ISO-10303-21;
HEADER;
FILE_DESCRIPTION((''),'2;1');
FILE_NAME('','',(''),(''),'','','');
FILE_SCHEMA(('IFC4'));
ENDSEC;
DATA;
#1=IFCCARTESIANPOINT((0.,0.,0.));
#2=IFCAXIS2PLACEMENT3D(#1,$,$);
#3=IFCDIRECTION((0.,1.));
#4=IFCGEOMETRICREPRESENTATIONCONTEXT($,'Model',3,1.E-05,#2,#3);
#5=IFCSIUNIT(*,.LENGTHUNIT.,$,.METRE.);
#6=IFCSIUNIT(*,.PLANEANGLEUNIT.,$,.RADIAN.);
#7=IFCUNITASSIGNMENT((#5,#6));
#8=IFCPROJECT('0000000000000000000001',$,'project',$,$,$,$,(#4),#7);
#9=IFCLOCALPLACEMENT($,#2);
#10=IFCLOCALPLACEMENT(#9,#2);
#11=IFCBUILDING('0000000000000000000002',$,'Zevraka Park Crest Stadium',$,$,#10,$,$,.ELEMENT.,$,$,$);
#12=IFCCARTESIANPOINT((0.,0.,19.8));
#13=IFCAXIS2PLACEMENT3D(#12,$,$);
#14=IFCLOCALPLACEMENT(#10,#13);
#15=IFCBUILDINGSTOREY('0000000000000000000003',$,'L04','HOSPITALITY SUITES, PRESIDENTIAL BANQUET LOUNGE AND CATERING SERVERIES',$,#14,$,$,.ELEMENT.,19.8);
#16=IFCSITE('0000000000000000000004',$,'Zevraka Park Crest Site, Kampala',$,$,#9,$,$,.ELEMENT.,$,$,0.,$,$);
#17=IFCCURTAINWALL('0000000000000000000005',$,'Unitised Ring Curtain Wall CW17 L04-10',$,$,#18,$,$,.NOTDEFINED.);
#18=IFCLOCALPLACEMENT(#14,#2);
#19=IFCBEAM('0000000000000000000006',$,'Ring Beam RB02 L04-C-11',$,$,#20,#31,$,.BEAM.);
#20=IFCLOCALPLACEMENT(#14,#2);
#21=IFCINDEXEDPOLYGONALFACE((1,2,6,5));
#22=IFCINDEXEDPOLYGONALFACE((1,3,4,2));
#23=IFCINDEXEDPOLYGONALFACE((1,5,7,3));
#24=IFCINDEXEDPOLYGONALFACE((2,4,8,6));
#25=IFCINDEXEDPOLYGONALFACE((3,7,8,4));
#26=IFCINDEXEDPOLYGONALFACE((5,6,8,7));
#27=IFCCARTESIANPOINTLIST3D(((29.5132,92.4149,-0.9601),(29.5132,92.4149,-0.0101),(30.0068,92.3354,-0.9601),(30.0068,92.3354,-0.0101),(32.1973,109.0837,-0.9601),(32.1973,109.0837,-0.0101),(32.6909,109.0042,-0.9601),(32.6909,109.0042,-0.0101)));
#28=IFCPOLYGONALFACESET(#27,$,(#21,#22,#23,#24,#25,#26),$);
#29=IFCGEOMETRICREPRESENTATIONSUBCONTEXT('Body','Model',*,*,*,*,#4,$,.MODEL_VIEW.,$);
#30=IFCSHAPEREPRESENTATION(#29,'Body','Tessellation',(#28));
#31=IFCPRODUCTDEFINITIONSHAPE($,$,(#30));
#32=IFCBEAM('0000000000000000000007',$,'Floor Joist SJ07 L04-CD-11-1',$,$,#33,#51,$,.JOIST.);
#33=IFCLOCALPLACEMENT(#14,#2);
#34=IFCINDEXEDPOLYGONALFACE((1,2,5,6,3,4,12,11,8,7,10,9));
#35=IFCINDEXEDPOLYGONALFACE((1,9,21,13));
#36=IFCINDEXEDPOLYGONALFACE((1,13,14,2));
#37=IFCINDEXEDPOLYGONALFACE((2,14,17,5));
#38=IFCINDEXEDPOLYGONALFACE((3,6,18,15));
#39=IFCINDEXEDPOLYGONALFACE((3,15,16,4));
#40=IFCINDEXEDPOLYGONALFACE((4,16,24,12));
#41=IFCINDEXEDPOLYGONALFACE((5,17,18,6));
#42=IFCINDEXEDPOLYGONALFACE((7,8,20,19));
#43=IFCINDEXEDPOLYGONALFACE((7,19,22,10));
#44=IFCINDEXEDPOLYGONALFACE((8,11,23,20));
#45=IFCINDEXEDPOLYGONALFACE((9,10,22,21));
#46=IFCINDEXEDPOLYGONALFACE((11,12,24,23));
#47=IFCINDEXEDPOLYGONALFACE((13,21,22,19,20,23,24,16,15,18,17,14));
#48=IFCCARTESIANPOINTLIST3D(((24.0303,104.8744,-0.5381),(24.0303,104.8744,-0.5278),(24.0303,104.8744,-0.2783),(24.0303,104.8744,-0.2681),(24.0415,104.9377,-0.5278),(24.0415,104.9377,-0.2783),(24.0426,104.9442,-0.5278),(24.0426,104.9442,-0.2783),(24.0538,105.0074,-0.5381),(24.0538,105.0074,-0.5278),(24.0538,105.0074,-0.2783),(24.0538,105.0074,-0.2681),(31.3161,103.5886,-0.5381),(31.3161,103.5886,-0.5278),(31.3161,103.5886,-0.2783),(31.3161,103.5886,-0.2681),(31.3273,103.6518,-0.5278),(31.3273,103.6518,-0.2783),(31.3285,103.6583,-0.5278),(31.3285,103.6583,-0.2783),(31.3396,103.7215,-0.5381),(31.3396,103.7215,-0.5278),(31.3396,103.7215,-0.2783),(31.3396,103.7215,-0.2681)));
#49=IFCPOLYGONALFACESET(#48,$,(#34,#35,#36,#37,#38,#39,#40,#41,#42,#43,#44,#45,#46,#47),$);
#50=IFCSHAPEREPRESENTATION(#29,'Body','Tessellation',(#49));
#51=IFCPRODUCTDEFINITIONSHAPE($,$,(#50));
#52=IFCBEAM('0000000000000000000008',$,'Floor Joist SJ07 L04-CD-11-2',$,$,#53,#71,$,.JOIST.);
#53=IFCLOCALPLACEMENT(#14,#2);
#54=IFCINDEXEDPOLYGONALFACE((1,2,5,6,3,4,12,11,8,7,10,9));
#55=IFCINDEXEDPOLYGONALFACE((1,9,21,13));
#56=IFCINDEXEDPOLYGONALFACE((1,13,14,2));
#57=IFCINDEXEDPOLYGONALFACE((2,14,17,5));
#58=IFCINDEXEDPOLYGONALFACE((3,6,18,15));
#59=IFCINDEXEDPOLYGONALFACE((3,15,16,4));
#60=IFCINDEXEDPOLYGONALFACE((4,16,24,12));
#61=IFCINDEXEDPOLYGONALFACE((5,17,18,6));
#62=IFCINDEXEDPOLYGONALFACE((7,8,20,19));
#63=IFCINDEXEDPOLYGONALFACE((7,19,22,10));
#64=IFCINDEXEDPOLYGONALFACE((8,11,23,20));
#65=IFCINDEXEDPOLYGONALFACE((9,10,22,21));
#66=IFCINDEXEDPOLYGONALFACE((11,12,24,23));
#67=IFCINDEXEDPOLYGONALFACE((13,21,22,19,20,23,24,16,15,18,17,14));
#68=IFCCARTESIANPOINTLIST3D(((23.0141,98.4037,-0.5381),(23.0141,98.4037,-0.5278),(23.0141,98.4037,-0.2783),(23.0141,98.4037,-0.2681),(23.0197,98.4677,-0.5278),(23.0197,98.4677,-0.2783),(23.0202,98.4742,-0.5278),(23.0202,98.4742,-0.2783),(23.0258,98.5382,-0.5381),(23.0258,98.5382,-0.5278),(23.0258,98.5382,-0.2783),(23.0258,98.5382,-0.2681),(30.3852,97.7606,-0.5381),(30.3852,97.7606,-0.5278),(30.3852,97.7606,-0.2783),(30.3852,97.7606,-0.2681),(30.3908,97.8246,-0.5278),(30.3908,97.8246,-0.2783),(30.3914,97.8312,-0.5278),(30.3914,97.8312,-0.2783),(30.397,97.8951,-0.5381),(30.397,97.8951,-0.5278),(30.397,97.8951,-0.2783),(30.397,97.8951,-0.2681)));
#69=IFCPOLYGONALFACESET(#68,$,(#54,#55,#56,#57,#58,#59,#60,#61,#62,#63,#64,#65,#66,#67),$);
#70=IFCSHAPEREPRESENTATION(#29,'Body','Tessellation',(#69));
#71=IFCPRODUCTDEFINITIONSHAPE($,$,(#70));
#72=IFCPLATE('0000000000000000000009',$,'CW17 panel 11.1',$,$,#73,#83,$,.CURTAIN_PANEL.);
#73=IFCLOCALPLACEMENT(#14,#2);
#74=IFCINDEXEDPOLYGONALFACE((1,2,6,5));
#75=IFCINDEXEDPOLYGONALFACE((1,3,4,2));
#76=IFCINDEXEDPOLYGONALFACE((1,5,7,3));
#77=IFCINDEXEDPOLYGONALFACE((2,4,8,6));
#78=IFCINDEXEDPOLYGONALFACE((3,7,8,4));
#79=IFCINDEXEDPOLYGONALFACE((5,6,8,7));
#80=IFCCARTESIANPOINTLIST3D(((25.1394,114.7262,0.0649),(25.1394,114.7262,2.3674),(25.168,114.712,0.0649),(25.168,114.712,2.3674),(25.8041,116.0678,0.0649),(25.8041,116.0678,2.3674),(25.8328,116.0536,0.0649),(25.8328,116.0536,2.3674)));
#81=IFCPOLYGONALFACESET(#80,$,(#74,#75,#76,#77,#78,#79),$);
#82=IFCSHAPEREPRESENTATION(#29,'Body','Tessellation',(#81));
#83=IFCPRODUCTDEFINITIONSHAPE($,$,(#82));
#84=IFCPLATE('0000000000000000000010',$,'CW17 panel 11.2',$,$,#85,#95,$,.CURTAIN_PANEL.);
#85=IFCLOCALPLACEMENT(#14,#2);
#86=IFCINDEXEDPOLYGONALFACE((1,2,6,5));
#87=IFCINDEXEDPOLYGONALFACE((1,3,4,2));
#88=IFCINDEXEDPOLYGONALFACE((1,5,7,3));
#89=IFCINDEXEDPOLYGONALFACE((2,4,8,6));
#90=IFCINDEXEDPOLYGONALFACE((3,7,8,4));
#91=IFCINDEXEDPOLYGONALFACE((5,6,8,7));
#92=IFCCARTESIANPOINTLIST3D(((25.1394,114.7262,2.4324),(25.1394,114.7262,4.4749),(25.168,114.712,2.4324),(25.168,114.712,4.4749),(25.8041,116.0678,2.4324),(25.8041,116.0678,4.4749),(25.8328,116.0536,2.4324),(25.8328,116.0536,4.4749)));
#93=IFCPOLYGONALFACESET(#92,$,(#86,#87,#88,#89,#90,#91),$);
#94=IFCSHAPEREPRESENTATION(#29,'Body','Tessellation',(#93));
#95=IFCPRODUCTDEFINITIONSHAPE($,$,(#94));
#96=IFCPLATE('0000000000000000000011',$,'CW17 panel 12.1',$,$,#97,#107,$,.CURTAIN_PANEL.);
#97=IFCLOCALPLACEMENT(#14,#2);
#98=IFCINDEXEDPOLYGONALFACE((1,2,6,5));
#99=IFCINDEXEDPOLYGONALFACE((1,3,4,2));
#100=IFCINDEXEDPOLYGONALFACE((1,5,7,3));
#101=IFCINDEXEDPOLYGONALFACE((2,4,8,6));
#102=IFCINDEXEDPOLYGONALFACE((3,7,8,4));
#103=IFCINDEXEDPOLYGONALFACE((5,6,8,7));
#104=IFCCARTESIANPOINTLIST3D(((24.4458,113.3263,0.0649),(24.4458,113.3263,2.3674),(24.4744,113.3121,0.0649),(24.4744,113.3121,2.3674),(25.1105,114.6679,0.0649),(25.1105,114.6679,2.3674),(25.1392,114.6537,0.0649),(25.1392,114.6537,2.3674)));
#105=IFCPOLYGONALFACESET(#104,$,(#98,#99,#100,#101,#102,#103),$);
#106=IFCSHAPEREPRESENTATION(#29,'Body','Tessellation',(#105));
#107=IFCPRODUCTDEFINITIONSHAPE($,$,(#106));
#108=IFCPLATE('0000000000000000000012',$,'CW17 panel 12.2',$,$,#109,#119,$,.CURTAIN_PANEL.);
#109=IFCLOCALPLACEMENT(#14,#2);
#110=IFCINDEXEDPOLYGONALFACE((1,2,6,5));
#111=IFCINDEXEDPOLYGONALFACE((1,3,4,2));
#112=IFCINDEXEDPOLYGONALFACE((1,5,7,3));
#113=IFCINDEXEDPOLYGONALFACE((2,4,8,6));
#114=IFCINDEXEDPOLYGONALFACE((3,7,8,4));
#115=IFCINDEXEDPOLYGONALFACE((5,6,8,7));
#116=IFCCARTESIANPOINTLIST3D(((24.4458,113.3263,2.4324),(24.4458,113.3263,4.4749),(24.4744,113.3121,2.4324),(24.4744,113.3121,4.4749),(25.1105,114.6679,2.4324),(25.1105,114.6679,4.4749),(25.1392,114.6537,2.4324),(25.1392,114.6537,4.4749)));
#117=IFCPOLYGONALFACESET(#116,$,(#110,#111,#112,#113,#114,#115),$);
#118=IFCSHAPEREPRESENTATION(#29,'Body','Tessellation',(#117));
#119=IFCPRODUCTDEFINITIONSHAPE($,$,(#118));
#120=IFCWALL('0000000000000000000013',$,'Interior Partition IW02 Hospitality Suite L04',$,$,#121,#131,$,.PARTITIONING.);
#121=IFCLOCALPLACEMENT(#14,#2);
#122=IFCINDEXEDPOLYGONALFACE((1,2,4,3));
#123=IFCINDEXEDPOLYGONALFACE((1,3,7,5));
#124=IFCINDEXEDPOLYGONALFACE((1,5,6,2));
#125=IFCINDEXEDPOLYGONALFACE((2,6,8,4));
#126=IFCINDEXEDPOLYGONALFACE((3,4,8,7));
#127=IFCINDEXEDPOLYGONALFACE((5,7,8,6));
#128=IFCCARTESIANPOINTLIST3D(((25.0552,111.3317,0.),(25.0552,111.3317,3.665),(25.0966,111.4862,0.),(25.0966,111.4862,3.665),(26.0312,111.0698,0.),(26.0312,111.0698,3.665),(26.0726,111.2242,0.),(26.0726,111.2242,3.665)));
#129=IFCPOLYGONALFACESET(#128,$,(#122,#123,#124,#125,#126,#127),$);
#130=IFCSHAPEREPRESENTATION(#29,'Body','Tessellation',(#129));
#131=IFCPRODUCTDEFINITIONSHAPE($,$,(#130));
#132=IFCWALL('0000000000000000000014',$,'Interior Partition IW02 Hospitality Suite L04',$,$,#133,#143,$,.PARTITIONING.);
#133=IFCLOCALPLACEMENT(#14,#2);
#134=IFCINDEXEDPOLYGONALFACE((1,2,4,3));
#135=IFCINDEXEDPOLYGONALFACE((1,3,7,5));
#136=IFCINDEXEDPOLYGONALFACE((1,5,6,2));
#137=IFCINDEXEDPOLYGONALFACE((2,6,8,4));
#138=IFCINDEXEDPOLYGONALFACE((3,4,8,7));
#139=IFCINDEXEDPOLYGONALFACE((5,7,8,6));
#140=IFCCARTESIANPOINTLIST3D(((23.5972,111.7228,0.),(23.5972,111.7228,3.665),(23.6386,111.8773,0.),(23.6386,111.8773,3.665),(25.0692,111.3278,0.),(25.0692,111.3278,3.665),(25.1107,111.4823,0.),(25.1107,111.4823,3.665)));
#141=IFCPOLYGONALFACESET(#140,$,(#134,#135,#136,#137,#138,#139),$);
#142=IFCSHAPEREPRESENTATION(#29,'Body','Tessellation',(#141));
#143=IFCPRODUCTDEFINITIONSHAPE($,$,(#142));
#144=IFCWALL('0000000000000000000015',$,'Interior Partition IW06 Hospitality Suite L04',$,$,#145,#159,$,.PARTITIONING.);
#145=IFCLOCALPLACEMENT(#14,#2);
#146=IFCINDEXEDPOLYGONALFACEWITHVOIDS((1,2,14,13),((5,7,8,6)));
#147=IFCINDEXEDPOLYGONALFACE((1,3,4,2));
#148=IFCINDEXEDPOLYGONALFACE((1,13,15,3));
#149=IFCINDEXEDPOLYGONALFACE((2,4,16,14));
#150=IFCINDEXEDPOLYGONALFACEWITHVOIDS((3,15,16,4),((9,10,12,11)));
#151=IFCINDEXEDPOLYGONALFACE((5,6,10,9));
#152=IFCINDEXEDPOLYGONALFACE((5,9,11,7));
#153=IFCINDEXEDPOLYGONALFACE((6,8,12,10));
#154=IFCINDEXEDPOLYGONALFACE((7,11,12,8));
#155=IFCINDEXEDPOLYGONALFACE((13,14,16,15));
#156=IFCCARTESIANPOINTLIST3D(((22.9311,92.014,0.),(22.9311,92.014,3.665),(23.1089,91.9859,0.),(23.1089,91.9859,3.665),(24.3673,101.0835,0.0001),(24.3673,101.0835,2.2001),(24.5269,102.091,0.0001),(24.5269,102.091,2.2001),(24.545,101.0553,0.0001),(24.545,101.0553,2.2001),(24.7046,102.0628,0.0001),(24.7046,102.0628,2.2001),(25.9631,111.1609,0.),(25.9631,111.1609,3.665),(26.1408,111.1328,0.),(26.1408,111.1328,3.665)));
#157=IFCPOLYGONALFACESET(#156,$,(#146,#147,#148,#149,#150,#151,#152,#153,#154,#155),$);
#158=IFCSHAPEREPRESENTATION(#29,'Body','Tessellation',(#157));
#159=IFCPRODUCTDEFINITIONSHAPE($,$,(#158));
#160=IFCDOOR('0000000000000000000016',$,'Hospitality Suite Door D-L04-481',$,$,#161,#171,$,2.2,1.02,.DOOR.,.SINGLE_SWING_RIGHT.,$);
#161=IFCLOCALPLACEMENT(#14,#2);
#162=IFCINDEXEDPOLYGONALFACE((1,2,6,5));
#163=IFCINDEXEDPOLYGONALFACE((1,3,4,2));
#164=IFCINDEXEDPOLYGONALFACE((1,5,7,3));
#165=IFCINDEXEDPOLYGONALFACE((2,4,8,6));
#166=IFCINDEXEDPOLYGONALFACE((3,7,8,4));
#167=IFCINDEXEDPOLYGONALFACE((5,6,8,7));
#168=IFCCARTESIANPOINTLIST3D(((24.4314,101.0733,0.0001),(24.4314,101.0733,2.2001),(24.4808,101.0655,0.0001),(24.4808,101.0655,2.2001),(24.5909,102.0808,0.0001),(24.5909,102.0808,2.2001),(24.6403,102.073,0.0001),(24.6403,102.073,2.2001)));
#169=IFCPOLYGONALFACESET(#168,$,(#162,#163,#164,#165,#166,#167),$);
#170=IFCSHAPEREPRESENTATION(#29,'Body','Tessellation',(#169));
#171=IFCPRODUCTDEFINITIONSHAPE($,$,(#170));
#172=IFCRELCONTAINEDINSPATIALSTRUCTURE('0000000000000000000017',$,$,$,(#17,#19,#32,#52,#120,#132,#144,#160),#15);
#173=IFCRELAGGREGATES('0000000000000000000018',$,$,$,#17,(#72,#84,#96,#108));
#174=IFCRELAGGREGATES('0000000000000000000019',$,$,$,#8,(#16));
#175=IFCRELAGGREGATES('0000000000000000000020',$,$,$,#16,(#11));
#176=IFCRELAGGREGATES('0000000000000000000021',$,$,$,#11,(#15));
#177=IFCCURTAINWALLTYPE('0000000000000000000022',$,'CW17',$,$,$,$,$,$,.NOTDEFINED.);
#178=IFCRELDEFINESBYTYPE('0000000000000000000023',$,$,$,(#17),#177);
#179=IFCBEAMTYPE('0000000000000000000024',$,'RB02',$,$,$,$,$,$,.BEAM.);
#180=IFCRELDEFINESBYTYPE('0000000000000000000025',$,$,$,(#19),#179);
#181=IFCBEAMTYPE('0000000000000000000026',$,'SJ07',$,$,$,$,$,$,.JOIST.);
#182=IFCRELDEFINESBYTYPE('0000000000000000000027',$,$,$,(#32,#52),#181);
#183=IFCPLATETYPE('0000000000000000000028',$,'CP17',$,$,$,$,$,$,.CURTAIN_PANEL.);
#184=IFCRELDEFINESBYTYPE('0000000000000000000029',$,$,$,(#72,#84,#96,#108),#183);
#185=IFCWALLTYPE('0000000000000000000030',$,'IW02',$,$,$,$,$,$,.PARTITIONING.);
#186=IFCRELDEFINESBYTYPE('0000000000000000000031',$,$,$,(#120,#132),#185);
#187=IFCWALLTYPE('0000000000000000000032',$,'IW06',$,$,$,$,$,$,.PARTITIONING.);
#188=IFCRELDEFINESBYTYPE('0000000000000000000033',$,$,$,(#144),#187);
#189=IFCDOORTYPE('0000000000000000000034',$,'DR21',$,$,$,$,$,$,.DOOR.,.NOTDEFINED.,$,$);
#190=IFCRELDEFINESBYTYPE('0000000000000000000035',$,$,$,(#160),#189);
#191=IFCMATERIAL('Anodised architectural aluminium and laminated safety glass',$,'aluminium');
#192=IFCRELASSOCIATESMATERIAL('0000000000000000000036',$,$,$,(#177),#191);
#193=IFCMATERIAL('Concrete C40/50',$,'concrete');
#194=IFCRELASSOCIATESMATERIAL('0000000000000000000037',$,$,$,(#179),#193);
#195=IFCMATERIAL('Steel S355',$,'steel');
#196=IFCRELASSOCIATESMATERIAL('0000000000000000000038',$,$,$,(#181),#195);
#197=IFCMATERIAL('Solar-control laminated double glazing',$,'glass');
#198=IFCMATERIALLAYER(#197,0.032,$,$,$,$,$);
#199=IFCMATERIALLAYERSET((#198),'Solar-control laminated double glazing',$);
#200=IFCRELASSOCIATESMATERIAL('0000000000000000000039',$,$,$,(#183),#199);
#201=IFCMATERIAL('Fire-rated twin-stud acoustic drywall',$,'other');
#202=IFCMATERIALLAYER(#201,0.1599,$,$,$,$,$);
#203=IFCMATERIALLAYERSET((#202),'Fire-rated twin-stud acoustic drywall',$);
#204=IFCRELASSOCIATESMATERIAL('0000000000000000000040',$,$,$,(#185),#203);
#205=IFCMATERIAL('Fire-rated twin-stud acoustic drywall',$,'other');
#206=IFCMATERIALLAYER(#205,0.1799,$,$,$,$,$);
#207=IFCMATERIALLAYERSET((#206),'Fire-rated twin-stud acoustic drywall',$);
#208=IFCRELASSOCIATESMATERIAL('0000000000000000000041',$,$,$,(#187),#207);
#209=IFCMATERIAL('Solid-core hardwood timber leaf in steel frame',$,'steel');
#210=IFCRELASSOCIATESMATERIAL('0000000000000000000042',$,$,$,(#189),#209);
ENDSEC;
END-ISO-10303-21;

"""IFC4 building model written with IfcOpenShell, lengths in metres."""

from ifc_helpers import new_model, si_unit, direction, frame, frame_2d, origin, origin_2d, place, context, subcontext, project, spatial, rectangle, i_section, extrude, material, layer, layer_set, material_profile, profile_set, type_object, element, fill, aggregate, save


model = new_model("IFC4")

# Units and contexts
model_context = context("Model", 3, precision=1e-05, world=origin(), true_north=direction((0.0, 1.0)))
body_context = subcontext(model_context, "Body", "Model", "MODEL_VIEW")
ifc_project = project(units=[si_unit("LENGTHUNIT", "METRE"), si_unit("PLANEANGLEUNIT", "RADIAN")], contexts=[model_context])

# Site, building, storey
site_placement = place(None, origin())
site = spatial("IfcSite", under=ifc_project, at=site_placement, Name="Zevraka Park Crest Site, Kampala", CompositionType="ELEMENT", RefElevation=0.0)
building_placement = place(site_placement, origin())
building = spatial("IfcBuilding", under=site, at=building_placement, Name="Zevraka Park Crest Stadium", CompositionType="ELEMENT")
storey_placement = place(building_placement, frame((0.0, 0.0, 19.8)))
storey = spatial("IfcBuildingStorey", under=building, at=storey_placement, Name="L04", Description="HOSPITALITY SUITES, PRESIDENTIAL BANQUET LOUNGE AND CATERING SERVERIES", CompositionType="ELEMENT", Elevation=19.8)

# Curtain wall
ifc_material_1 = material(Name="Anodised architectural aluminium and laminated safety glass", Category="aluminium")
curtain_wall_type = type_object("IfcCurtainWallType", Name="CW17", PredefinedType="NOTDEFINED", material=ifc_material_1)
curtain_wall_placement = place(storey_placement, origin())
curtain_wall = element("IfcCurtainWall", 1, at=curtain_wall_placement, inside=storey, type_object=curtain_wall_type, Name="Unitised Ring Curtain Wall CW17 L04-10", PredefinedType="NOTDEFINED")

# Beams
ifc_material_2 = material(Name="Concrete C40/50", Category="concrete")
ifc_material_profile_1 = material_profile(ifc_material_2, rectangle(XDim=0.5, YDim=0.95, at=origin_2d()), Name="RC 950x500")
ifc_profile_set_1 = profile_set([ifc_material_profile_1], Name="Concrete C40/50")
beam_type_1 = type_object("IfcBeamType", Name="RB02", PredefinedType="BEAM", material=ifc_profile_set_1)
beam_1_placement = place(storey_placement, frame((32.4441, 109.0439, -0.4851), z_axis=(-0.158975, -0.987283, 0.0), x_axis=(0.987283, -0.158975, 0.0)))
element("IfcBeam", 2, at=beam_1_placement, inside=storey, type_object=beam_type_1, Name="Ring Beam RB02 L04-C-11", PredefinedType="BEAM", context=body_context, shape_type="SweptSolid", body=[
    extrude(rectangle(XDim=0.5, YDim=0.95, at=origin_2d()), origin(), (0.0, 0.0, 1.0), 16.8835),
])
ifc_material_3 = material(Name="Steel S355", Category="steel")
ifc_material_profile_2 = material_profile(ifc_material_3, i_section(OverallWidth=0.135, OverallDepth=0.27, WebThickness=0.0066, FlangeThickness=0.0103, at=origin_2d()), Name="IPE 270")
ifc_profile_set_2 = profile_set([ifc_material_profile_2], Name="Steel S355")
beam_type_2 = type_object("IfcBeamType", Name="SJ07", PredefinedType="JOIST", material=ifc_profile_set_2)
beam_2_placement = place(storey_placement, frame((31.3279, 103.655, -0.4031), z_axis=(-0.98478, 0.173804, 0.0), x_axis=(-0.173804, -0.98478, 0.0)))
element("IfcBeam", 3, at=beam_2_placement, inside=storey, type_object=beam_type_2, Name="Floor Joist SJ07 L04-CD-11-1", PredefinedType="JOIST", context=body_context, shape_type="SweptSolid", body=[
    extrude(i_section(OverallWidth=0.135, OverallDepth=0.27, WebThickness=0.0066, FlangeThickness=0.0103, at=origin_2d()), origin(), (0.0, 0.0, 1.0), 7.3984),
])
beam_3_placement = place(storey_placement, frame((30.3911, 97.8279, -0.4031), z_axis=(-0.996216, 0.086912, 0.0), x_axis=(-0.086912, -0.996216, 0.0)))
element("IfcBeam", 4, at=beam_3_placement, inside=storey, type_object=beam_type_2, Name="Floor Joist SJ07 L04-CD-11-2", PredefinedType="JOIST", context=body_context, shape_type="SweptSolid", body=[
    extrude(i_section(OverallWidth=0.135, OverallDepth=0.27, WebThickness=0.0066, FlangeThickness=0.0103, at=origin_2d()), origin(), (0.0, 0.0, 1.0), 7.3992),
])

# Plates
ifc_material_4 = material(Name="Solar-control laminated double glazing", Category="glass")
ifc_layer_1 = layer(ifc_material_4, 0.032)
ifc_layer_set_1 = layer_set([ifc_layer_1], Name="Solar-control laminated double glazing")
plate_type = type_object("IfcPlateType", Name="CP17", PredefinedType="CURTAIN_PANEL", material=ifc_layer_set_1)
plate_1_placement = place(storey_placement, frame((25.4861, 115.3899, 0.0649), z_axis=(0.0, 0.0, 1.0), x_axis=(-0.443961, -0.896046, 0.0)))
plate_1 = element("IfcPlate", 5, at=plate_1_placement, type_object=plate_type, Name="CW17 panel 11.1", PredefinedType="CURTAIN_PANEL", context=body_context, shape_type="SweptSolid", body=[
    extrude(rectangle(XDim=1.4973, YDim=0.032, at=origin_2d()), origin(), (0.0, 0.0, 1.0), 2.3025),
])
plate_2_placement = place(storey_placement, frame((25.4861, 115.3899, 2.4324), z_axis=(0.0, 0.0, 1.0), x_axis=(-0.443961, -0.896046, 0.0)))
plate_2 = element("IfcPlate", 6, at=plate_2_placement, type_object=plate_type, Name="CW17 panel 11.2", PredefinedType="CURTAIN_PANEL", context=body_context, shape_type="SweptSolid", body=[
    extrude(rectangle(XDim=1.4973, YDim=0.032, at=origin_2d()), origin(), (0.0, 0.0, 1.0), 2.0425),
])
plate_3_placement = place(storey_placement, frame((24.7925, 113.99, 0.0649), z_axis=(0.0, 0.0, 1.0), x_axis=(-0.443961, -0.896046, 0.0)))
plate_3 = element("IfcPlate", 7, at=plate_3_placement, type_object=plate_type, Name="CW17 panel 12.1", PredefinedType="CURTAIN_PANEL", context=body_context, shape_type="SweptSolid", body=[
    extrude(rectangle(XDim=1.4973, YDim=0.032, at=origin_2d()), origin(), (0.0, 0.0, 1.0), 2.3025),
])
plate_4_placement = place(storey_placement, frame((24.7925, 113.99, 2.4324), z_axis=(0.0, 0.0, 1.0), x_axis=(-0.443961, -0.896046, 0.0)))
plate_4 = element("IfcPlate", 8, at=plate_4_placement, type_object=plate_type, Name="CW17 panel 12.2", PredefinedType="CURTAIN_PANEL", context=body_context, shape_type="SweptSolid", body=[
    extrude(rectangle(XDim=1.4973, YDim=0.032, at=origin_2d()), origin(), (0.0, 0.0, 1.0), 2.0425),
])
aggregate(curtain_wall, [plate_1, plate_2, plate_3, plate_4])

# Walls
ifc_material_5 = material(Name="Fire-rated twin-stud acoustic drywall", Category="other")
ifc_layer_2 = layer(ifc_material_5, 0.1599)
ifc_layer_set_2 = layer_set([ifc_layer_2], Name="Fire-rated twin-stud acoustic drywall")
wall_type_1 = type_object("IfcWallType", Name="IW02", PredefinedType="PARTITIONING", material=ifc_layer_set_2)
wall_1_placement = place(storey_placement, frame((26.052, 111.147, 0.0), z_axis=(0.0, 0.0, 1.0), x_axis=(-0.965821, 0.259211, 0.0)))
element("IfcWall", 9, at=wall_1_placement, inside=storey, type_object=wall_type_1, Name="Interior Partition IW02 Hospitality Suite L04", PredefinedType="PARTITIONING", context=body_context, shape_type="SweptSolid", body=[
    extrude(rectangle(XDim=1.0105, YDim=0.1599, at=frame_2d((0.5054, 0.0))), origin(), (0.0, 0.0, 1.0), 3.665),
])
wall_2_placement = place(storey_placement, frame((25.0901, 111.405, 0.0), z_axis=(0.0, 0.0, 1.0), x_axis=(-0.965835, 0.259158, 0.0)))
element("IfcWall", 10, at=wall_2_placement, inside=storey, type_object=wall_type_1, Name="Interior Partition IW02 Hospitality Suite L04", PredefinedType="PARTITIONING", context=body_context, shape_type="SweptSolid", body=[
    extrude(rectangle(XDim=1.5242, YDim=0.1599, at=frame_2d((0.7622, 0.0))), origin(), (0.0, 0.0, 1.0), 3.665),
])

# Wall, opening, door
ifc_material_6 = material(Name="Fire-rated twin-stud acoustic drywall", Category="other")
ifc_layer_3 = layer(ifc_material_6, 0.1799)
ifc_layer_set_3 = layer_set([ifc_layer_3], Name="Fire-rated twin-stud acoustic drywall")
wall_type_2 = type_object("IfcWallType", Name="IW06", PredefinedType="PARTITIONING", material=ifc_layer_set_3)
wall_3_placement = place(storey_placement, frame((26.052, 111.147, 0.0), z_axis=(0.0, 0.0, 1.0), x_axis=(-0.156404, -0.987693, 0.0)))
wall_3 = element("IfcWall", 11, at=wall_3_placement, inside=storey, type_object=wall_type_2, Name="Interior Partition IW06 Hospitality Suite L04", PredefinedType="PARTITIONING", context=body_context, shape_type="SweptSolid", body=[
    extrude(rectangle(XDim=19.3855, YDim=0.1799, at=frame_2d((9.6929, 0.0))), origin(), (0.0, 0.0, 1.0), 3.665),
])
opening_placement = place(wall_3_placement, frame((9.1831, 0.0, 0.0)))
opening = element("IfcOpeningElement", 12, at=opening_placement, cuts=wall_3, PredefinedType="OPENING", context=body_context, shape_type="SweptSolid", body=[
    extrude(rectangle(XDim=1.02, YDim=2.2, at=frame_2d((0.51, 1.1001))), frame((0.0, 0.0999, 0.0), z_axis=(0.0, -1.0, 0.0), x_axis=(1.0, 0.0, 0.0)), (0.0, 0.0, 1.0), 0.2),
])
ifc_material_7 = material(Name="Solid-core hardwood timber leaf in steel frame", Category="steel")
door_type = type_object("IfcDoorType", Name="DR21", OperationType="NOTDEFINED", PredefinedType="DOOR", material=ifc_material_7)
door_placement = place(opening_placement, origin())
door = element("IfcDoor", 13, at=door_placement, inside=storey, type_object=door_type, Name="Hospitality Suite Door D-L04-481", OperationType="SINGLE_SWING_RIGHT", OverallHeight=2.2, OverallWidth=1.02, PredefinedType="DOOR", context=body_context, shape_type="SweptSolid", body=[
    extrude(rectangle(XDim=1.02, YDim=2.2, at=frame_2d((0.51, 1.1001))), frame((0.0, 0.0249, 0.0), z_axis=(0.0, -1.0, 0.0), x_axis=(1.0, 0.0, 0.0)), (0.0, 0.0, 1.0), 0.05),
])
fill(opening, door)

save(model, "model.ifc")
